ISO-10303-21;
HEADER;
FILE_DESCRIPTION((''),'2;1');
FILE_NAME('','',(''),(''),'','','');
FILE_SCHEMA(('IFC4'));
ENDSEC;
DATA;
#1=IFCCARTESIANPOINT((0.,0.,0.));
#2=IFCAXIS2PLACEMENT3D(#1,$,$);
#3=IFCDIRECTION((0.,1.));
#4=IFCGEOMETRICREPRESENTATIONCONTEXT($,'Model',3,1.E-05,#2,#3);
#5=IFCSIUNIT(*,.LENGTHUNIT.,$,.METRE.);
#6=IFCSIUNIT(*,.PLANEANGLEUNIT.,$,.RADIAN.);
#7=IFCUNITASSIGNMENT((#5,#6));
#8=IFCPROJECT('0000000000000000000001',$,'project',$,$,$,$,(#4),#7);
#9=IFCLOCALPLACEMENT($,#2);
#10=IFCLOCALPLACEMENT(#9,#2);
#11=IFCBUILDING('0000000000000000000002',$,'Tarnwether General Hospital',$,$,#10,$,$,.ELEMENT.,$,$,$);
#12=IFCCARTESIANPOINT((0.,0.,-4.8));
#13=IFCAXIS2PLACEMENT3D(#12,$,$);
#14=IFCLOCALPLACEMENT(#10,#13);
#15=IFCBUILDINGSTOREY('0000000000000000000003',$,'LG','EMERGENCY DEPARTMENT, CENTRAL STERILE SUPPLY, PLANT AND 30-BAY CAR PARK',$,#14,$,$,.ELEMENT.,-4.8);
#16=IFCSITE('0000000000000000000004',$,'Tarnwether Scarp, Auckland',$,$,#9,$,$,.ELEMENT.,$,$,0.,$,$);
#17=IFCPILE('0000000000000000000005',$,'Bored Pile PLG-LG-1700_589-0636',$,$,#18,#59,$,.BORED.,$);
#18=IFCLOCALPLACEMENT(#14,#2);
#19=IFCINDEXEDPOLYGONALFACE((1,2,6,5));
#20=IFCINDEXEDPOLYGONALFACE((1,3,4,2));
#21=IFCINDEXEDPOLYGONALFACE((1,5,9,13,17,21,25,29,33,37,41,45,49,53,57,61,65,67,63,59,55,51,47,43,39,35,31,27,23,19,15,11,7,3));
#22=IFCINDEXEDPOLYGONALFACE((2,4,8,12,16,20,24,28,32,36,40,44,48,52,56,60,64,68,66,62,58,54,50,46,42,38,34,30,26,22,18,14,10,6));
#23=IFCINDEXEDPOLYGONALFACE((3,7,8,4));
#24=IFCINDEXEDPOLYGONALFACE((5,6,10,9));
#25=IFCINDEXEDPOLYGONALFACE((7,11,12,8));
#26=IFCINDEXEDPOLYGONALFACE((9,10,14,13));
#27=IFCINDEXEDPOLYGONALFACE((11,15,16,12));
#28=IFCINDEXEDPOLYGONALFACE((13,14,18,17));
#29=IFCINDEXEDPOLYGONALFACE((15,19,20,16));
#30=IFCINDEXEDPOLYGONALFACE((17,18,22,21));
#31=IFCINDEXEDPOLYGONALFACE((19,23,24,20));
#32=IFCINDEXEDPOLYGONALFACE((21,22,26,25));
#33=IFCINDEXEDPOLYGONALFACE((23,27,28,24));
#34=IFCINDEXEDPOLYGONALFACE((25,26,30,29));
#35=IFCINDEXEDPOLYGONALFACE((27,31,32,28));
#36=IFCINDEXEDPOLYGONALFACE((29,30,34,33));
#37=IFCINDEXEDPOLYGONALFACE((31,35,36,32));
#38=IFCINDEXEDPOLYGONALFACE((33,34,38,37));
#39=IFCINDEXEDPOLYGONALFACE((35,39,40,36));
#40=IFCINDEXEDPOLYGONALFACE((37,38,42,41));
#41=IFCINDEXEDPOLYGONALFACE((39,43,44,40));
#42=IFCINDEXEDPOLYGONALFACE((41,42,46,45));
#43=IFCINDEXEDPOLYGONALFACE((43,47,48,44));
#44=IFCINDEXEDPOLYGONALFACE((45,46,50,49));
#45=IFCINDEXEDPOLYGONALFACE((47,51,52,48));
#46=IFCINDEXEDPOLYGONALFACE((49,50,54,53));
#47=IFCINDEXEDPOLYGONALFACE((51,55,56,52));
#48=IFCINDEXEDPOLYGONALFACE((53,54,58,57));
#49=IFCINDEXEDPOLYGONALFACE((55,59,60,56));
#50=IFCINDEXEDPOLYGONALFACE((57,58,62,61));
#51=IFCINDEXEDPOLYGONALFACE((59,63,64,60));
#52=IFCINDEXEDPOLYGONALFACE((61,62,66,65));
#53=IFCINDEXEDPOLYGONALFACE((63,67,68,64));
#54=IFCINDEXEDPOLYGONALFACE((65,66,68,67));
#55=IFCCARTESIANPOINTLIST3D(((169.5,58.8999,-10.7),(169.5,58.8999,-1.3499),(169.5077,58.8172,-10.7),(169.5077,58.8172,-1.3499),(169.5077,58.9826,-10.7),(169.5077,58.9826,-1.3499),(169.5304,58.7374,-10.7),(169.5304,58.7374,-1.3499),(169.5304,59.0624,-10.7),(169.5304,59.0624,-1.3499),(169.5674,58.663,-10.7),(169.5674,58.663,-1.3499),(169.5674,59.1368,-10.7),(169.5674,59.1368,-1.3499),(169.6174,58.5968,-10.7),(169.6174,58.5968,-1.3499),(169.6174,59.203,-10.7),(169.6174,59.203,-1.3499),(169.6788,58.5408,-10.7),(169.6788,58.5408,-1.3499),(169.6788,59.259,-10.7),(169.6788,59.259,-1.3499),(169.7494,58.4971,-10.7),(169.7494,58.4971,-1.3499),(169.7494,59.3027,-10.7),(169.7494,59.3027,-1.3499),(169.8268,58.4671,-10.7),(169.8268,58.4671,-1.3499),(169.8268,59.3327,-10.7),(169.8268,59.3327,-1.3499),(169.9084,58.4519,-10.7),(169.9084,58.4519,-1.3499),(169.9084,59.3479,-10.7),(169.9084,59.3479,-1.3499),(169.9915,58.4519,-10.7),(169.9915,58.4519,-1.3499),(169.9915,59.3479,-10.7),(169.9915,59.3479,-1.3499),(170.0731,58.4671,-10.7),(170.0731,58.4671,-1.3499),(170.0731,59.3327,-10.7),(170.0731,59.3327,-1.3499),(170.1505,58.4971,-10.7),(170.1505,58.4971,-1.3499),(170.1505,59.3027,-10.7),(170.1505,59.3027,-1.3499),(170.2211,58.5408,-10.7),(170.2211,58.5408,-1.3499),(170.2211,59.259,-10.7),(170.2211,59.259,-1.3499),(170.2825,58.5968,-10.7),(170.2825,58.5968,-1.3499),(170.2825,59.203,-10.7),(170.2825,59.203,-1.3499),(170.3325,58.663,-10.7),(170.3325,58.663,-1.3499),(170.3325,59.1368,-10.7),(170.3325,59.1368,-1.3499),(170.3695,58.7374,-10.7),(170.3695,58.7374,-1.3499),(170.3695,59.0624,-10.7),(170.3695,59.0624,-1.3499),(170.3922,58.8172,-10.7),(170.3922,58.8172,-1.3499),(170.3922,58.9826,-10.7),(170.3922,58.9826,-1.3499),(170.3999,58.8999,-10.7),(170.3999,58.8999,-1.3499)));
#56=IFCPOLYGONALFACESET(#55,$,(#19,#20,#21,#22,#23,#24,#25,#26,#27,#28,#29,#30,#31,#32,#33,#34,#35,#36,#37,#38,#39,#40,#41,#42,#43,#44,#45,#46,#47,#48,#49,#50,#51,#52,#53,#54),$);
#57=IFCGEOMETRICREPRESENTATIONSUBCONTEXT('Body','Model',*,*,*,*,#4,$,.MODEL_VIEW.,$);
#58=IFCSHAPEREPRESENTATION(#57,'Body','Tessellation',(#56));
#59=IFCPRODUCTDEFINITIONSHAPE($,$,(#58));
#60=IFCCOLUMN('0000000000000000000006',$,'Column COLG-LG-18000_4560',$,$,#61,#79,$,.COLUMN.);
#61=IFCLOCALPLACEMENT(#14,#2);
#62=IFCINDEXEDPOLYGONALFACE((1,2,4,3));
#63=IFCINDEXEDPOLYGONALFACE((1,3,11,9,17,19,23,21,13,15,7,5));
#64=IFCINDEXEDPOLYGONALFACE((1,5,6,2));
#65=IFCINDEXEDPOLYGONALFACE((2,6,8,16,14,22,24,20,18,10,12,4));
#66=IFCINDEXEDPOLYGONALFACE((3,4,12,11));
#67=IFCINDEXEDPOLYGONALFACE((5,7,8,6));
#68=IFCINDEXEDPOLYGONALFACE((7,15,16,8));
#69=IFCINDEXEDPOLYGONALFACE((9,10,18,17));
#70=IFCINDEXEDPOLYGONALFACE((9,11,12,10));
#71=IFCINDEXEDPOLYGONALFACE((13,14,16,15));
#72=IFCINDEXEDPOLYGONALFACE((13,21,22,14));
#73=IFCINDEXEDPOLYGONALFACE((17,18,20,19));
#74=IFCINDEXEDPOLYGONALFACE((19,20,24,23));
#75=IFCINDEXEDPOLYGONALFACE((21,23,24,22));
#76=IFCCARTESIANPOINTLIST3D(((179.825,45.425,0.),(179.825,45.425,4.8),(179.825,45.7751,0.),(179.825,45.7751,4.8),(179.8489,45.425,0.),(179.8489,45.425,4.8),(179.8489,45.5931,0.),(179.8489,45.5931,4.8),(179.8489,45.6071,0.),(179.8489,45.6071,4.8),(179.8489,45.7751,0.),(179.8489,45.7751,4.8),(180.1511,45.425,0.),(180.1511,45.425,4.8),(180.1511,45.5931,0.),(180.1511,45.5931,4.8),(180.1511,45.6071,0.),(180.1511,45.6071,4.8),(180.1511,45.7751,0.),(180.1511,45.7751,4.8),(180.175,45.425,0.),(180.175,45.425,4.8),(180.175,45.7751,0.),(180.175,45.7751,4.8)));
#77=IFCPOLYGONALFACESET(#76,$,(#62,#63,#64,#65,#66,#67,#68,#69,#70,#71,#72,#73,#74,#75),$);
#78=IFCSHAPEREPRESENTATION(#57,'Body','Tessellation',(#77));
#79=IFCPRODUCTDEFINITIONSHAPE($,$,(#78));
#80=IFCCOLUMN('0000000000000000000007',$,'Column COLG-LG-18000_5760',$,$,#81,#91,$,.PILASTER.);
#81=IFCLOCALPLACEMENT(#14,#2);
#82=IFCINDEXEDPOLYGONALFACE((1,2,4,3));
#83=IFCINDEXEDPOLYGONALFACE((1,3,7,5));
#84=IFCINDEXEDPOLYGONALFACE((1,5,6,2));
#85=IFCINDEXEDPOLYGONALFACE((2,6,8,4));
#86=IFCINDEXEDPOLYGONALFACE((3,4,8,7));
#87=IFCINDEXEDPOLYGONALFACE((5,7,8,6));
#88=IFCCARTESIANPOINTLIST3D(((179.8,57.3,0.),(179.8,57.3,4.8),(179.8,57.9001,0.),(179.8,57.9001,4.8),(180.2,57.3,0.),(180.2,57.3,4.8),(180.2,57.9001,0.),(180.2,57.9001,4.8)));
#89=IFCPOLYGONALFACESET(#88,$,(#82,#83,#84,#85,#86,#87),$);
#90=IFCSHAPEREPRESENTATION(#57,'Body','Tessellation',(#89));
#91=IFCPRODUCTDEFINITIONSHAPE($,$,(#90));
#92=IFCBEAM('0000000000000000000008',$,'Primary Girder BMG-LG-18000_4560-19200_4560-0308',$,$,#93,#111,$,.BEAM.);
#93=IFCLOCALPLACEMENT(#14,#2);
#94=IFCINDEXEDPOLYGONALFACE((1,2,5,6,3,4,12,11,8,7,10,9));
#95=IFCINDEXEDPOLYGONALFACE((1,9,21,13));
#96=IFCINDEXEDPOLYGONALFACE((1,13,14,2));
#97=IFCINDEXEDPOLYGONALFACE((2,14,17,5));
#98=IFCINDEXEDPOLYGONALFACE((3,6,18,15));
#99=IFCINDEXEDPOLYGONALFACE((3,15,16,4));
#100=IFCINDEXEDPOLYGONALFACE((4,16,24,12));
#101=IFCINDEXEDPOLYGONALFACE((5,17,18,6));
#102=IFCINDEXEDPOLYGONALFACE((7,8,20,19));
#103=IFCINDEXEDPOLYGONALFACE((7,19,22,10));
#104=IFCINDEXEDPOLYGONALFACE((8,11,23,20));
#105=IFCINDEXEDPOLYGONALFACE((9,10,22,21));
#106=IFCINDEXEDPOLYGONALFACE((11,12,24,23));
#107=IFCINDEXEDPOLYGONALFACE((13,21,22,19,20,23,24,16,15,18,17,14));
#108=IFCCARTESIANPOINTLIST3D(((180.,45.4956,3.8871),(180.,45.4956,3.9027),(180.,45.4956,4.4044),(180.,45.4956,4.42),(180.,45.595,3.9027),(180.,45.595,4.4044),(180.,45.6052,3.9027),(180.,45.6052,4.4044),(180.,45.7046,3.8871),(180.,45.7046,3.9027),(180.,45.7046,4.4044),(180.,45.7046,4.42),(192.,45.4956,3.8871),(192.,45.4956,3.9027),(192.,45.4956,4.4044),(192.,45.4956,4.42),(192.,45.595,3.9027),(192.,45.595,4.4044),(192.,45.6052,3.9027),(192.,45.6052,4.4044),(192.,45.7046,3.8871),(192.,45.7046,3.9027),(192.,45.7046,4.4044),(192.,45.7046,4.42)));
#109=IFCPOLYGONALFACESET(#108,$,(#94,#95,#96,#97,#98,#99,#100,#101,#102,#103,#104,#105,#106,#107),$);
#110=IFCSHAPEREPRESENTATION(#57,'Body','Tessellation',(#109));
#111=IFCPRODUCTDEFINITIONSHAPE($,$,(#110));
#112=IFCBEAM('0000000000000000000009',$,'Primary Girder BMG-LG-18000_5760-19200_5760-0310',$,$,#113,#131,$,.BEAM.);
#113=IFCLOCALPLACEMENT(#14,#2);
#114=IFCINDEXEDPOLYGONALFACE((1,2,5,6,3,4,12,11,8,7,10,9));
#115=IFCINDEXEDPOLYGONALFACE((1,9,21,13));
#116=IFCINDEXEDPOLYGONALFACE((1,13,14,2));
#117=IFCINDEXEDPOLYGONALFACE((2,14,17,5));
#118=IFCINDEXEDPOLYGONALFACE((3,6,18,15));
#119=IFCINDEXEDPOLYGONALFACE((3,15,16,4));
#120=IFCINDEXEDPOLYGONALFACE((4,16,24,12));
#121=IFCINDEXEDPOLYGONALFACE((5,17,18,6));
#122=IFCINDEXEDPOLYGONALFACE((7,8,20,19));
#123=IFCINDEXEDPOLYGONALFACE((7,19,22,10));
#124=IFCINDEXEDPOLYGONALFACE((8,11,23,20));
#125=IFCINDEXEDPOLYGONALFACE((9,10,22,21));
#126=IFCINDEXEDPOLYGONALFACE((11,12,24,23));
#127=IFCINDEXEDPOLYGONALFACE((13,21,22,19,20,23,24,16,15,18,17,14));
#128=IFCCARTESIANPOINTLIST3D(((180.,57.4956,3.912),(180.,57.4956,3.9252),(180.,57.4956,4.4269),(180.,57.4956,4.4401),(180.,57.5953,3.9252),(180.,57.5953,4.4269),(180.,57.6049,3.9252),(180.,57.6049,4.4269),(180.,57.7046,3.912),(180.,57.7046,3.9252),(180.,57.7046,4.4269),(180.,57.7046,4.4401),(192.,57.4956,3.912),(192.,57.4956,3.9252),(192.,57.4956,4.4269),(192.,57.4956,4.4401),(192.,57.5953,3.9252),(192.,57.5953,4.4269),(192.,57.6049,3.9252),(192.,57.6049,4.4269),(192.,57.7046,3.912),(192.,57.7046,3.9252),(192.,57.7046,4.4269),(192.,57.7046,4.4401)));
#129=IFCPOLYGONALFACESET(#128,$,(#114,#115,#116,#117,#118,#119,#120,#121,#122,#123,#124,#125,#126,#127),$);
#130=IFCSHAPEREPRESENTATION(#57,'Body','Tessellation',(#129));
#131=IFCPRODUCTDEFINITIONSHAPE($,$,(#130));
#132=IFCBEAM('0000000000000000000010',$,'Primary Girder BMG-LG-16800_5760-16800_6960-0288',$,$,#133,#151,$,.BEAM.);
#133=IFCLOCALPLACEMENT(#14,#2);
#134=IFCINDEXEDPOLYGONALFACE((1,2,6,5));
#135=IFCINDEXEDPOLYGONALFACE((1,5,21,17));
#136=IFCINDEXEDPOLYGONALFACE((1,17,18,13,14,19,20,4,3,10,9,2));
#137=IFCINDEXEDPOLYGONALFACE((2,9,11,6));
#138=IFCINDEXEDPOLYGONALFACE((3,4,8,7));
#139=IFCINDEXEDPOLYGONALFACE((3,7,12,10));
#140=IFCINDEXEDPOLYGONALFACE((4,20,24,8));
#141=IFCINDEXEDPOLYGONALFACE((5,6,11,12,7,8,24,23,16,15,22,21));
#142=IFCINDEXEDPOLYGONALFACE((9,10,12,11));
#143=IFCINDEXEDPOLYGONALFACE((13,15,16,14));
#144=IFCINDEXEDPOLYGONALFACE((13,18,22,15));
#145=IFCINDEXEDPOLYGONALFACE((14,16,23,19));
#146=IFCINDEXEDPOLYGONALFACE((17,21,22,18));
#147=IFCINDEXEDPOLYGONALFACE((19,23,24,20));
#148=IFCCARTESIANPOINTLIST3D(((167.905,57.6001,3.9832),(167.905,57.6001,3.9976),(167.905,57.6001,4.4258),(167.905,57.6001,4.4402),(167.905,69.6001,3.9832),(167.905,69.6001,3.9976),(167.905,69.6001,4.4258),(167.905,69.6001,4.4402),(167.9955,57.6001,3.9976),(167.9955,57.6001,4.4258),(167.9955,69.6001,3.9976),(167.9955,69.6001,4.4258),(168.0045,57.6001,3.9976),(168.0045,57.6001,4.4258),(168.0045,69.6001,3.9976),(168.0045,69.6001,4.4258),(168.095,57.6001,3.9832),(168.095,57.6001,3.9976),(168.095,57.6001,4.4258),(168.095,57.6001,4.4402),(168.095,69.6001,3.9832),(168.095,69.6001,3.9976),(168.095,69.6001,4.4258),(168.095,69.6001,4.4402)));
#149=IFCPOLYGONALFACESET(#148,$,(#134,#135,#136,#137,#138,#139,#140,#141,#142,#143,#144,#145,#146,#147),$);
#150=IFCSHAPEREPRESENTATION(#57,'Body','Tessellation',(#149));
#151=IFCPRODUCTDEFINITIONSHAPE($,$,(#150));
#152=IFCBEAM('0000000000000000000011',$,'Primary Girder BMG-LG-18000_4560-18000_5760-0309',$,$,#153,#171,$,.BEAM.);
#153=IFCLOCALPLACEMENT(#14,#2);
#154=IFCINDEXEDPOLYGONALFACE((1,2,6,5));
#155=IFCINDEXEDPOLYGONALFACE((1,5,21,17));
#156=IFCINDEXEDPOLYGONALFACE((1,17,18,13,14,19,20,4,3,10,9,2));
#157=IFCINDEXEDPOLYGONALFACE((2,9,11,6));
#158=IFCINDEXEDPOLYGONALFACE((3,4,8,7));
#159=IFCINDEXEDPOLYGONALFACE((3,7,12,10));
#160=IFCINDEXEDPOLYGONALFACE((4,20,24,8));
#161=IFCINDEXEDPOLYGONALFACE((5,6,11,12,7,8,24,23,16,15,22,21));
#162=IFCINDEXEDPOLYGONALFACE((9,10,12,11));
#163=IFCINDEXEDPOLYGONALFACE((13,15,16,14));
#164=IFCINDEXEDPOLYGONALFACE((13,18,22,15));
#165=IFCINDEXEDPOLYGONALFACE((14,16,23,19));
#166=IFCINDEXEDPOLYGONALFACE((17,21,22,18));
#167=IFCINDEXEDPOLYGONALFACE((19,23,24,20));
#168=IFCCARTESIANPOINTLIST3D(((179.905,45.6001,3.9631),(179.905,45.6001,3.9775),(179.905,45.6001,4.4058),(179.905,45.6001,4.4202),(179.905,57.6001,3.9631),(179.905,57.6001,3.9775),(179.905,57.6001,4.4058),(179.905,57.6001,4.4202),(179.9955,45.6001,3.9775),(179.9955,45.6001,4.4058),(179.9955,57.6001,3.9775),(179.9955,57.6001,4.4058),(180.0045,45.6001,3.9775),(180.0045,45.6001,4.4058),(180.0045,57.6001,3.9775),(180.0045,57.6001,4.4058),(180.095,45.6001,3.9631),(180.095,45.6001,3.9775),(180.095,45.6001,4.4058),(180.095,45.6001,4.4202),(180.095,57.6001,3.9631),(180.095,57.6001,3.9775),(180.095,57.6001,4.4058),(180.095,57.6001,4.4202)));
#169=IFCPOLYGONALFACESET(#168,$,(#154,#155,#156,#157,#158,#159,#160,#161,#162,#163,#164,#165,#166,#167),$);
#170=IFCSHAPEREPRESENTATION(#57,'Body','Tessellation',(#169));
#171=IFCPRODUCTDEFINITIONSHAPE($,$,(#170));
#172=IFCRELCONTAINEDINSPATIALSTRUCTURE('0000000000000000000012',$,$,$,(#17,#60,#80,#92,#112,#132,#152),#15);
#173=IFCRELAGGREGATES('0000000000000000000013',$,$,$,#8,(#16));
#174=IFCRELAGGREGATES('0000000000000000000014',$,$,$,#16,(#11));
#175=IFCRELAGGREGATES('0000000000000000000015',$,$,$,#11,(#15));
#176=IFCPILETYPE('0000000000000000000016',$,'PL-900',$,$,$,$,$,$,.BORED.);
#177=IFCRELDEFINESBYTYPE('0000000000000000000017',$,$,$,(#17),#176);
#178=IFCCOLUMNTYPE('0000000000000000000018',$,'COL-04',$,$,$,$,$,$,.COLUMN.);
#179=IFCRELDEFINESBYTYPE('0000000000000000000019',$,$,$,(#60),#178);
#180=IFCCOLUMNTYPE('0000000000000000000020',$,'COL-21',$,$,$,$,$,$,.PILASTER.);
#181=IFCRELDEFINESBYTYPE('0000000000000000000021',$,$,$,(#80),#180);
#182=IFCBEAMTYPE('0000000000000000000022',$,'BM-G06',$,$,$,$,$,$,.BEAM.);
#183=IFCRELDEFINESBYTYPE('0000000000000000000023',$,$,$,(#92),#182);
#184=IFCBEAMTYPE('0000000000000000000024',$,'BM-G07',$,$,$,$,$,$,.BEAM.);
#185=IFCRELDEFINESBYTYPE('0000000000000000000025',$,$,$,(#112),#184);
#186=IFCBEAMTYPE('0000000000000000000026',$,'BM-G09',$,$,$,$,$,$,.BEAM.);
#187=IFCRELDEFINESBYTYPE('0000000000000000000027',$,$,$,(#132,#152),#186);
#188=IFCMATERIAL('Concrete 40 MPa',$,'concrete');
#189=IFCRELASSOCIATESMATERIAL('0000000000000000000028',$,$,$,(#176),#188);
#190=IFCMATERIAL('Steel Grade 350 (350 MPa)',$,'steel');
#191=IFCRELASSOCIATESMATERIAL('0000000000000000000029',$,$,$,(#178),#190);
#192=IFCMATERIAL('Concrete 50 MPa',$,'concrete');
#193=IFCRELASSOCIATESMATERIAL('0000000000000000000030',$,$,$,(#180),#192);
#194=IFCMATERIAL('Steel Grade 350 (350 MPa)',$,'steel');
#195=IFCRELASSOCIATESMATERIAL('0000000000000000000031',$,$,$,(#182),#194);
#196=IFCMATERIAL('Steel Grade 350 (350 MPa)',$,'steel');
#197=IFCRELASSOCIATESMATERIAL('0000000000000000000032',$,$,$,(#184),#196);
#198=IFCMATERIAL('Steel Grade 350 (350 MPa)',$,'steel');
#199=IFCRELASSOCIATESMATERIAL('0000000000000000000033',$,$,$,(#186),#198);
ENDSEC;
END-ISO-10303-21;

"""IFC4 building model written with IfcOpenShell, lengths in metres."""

from ifc_helpers import new_model, si_unit, direction, frame, origin, origin_2d, place, context, subcontext, project, spatial, rectangle, circle, i_section, extrude, material, material_profile, profile_set, type_object, element, save


model = new_model("IFC4")

# Units and contexts
model_context = context("Model", 3, precision=1e-05, world=origin(), true_north=direction((0.0, 1.0)))
body_context = subcontext(model_context, "Body", "Model", "MODEL_VIEW")
ifc_project = project(units=[si_unit("LENGTHUNIT", "METRE"), si_unit("PLANEANGLEUNIT", "RADIAN")], contexts=[model_context])

# Site, building, storey
site_placement = place(None, origin())
site = spatial("IfcSite", under=ifc_project, at=site_placement, Name="Tarnwether Scarp, Auckland", CompositionType="ELEMENT", RefElevation=0.0)
building_placement = place(site_placement, origin())
building = spatial("IfcBuilding", under=site, at=building_placement, Name="Tarnwether General Hospital", CompositionType="ELEMENT")
storey_placement = place(building_placement, frame((0.0, 0.0, -4.8)))
storey = spatial("IfcBuildingStorey", under=building, at=storey_placement, Name="LG", Description="EMERGENCY DEPARTMENT, CENTRAL STERILE SUPPLY, PLANT AND 30-BAY CAR PARK", CompositionType="ELEMENT", Elevation=-4.8)

# Pile
ifc_material_1 = material(Name="Concrete 40 MPa", Category="concrete")
ifc_material_profile_1 = material_profile(ifc_material_1, circle(Radius=0.45, at=origin_2d()), Name="PILE-D900")
ifc_profile_set_1 = profile_set([ifc_material_profile_1], Name="Concrete 40 MPa")
pile_type_1 = type_object("IfcPileType", Name="PL-900", PredefinedType="BORED", material=ifc_profile_set_1)
for number, where, z_axis, x_axis, name in (
    (1, (169.95, 58.8999, -1.3499), (0.0, 0.0, -1.0), (1.0, 0.0, 0.0), "Bored Pile PLG-LG-1700_589-0636"),
):
    element("IfcPile", number, at=place(storey_placement, frame(where, z_axis=z_axis, x_axis=x_axis)), inside=storey, type_object=pile_type_1, Name=name, PredefinedType="BORED", context=body_context, shape_type="SweptSolid", body=[
        extrude(circle(Radius=0.45, at=origin_2d()), origin(), (0.0, 0.0, 1.0), 9.3501),
    ])

# Columns
ifc_material_2 = material(Name="Steel Grade 350 (350 MPa)", Category="steel")
ifc_material_profile_2 = material_profile(ifc_material_2, i_section(OverallWidth=0.3501, OverallDepth=0.3501, WebThickness=0.0139, FlangeThickness=0.0239, at=origin_2d()), Name="350WC197")
ifc_profile_set_2 = profile_set([ifc_material_profile_2], Name="Steel Grade 350 (350 MPa)")
column_type_1 = type_object("IfcColumnType", Name="COL-04", PredefinedType="COLUMN", material=ifc_profile_set_2)
column_1_placement = place(storey_placement, frame((180.0, 45.6001, 0.0), z_axis=(0.0, 0.0, 1.0), x_axis=(0.0, 1.0, 0.0)))
element("IfcColumn", 2, at=column_1_placement, inside=storey, type_object=column_type_1, Name="Column COLG-LG-18000_4560", PredefinedType="COLUMN", context=body_context, shape_type="SweptSolid", body=[
    extrude(i_section(OverallWidth=0.3501, OverallDepth=0.3501, WebThickness=0.0139, FlangeThickness=0.0239, at=origin_2d()), origin(), (0.0, 0.0, 1.0), 4.8),
])
ifc_material_3 = material(Name="Concrete 50 MPa", Category="concrete")
ifc_material_profile_3 = material_profile(ifc_material_3, rectangle(XDim=0.3999, YDim=0.6001, at=origin_2d()), Name="RC-PIL-400x600")
ifc_profile_set_3 = profile_set([ifc_material_profile_3], Name="Concrete 50 MPa")
column_type_2 = type_object("IfcColumnType", Name="COL-21", PredefinedType="PILASTER", material=ifc_profile_set_3)
column_2_placement = place(storey_placement, frame((180.0, 57.6001, 0.0), z_axis=(0.0, 0.0, 1.0), x_axis=(1.0, 0.0, 0.0)))
element("IfcColumn", 3, at=column_2_placement, inside=storey, type_object=column_type_2, Name="Column COLG-LG-18000_5760", PredefinedType="PILASTER", context=body_context, shape_type="SweptSolid", body=[
    extrude(rectangle(XDim=0.3999, YDim=0.6001, at=origin_2d()), origin(), (0.0, 0.0, 1.0), 4.8),
])

# Beams
ifc_material_4 = material(Name="Steel Grade 350 (350 MPa)", Category="steel")
ifc_material_profile_4 = material_profile(ifc_material_4, i_section(OverallWidth=0.209, OverallDepth=0.533, WebThickness=0.0103, FlangeThickness=0.0156, at=origin_2d()), Name="530UB92.4")
ifc_profile_set_4 = profile_set([ifc_material_profile_4], Name="Steel Grade 350 (350 MPa)")
beam_type_1 = type_object("IfcBeamType", Name="BM-G06", PredefinedType="BEAM", material=ifc_profile_set_4)
beam_1_placement = place(storey_placement, frame((180.0, 45.6001, 4.1536), z_axis=(1.0, 0.0, 0.0), x_axis=(0.0, 1.0, 0.0)))
element("IfcBeam", 4, at=beam_1_placement, inside=storey, type_object=beam_type_1, Name="Primary Girder BMG-LG-18000_4560-19200_4560-0308", PredefinedType="BEAM", context=body_context, shape_type="SweptSolid", body=[
    extrude(i_section(OverallWidth=0.209, OverallDepth=0.533, WebThickness=0.0103, FlangeThickness=0.0156, at=origin_2d()), origin(), (0.0, 0.0, 1.0), 12.0),
])
ifc_material_5 = material(Name="Steel Grade 350 (350 MPa)", Category="steel")
ifc_material_profile_5 = material_profile(ifc_material_5, i_section(OverallWidth=0.209, OverallDepth=0.5281, WebThickness=0.0095, FlangeThickness=0.0132, at=origin_2d()), Name="530UB82.0")
ifc_profile_set_5 = profile_set([ifc_material_profile_5], Name="Steel Grade 350 (350 MPa)")
beam_type_2 = type_object("IfcBeamType", Name="BM-G07", PredefinedType="BEAM", material=ifc_profile_set_5)
beam_2_placement = place(storey_placement, frame((180.0, 57.6001, 4.176), z_axis=(1.0, 0.0, 0.0), x_axis=(0.0, 1.0, 0.0)))
element("IfcBeam", 5, at=beam_2_placement, inside=storey, type_object=beam_type_2, Name="Primary Girder BMG-LG-18000_5760-19200_5760-0310", PredefinedType="BEAM", context=body_context, shape_type="SweptSolid", body=[
    extrude(i_section(OverallWidth=0.209, OverallDepth=0.5281, WebThickness=0.0095, FlangeThickness=0.0132, at=origin_2d()), origin(), (0.0, 0.0, 1.0), 12.0),
])
ifc_material_6 = material(Name="Steel Grade 350 (350 MPa)", Category="steel")
ifc_material_profile_6 = material_profile(ifc_material_6, i_section(OverallWidth=0.1899, OverallDepth=0.457, WebThickness=0.009, FlangeThickness=0.0144, at=origin_2d()), Name="460UB74.6")
ifc_profile_set_6 = profile_set([ifc_material_profile_6], Name="Steel Grade 350 (350 MPa)")
beam_type_3 = type_object("IfcBeamType", Name="BM-G09", PredefinedType="BEAM", material=ifc_profile_set_6)
for number, where, z_axis, x_axis, name in (
    (6, (168.0, 57.6001, 4.2117), (0.0, 1.0, 0.0), (-1.0, 0.0, 0.0), "Primary Girder BMG-LG-16800_5760-16800_6960-0288"),
    (7, (180.0, 45.6001, 4.1917), (0.0, 1.0, 0.0), (-1.0, 0.0, 0.0), "Primary Girder BMG-LG-18000_4560-18000_5760-0309"),
):
    element("IfcBeam", number, at=place(storey_placement, frame(where, z_axis=z_axis, x_axis=x_axis)), inside=storey, type_object=beam_type_3, Name=name, PredefinedType="BEAM", context=body_context, shape_type="SweptSolid", body=[
        extrude(i_section(OverallWidth=0.1899, OverallDepth=0.457, WebThickness=0.009, FlangeThickness=0.0144, at=origin_2d()), origin(), (0.0, 0.0, 1.0), 12.0),
    ])

save(model, "model.ifc")
